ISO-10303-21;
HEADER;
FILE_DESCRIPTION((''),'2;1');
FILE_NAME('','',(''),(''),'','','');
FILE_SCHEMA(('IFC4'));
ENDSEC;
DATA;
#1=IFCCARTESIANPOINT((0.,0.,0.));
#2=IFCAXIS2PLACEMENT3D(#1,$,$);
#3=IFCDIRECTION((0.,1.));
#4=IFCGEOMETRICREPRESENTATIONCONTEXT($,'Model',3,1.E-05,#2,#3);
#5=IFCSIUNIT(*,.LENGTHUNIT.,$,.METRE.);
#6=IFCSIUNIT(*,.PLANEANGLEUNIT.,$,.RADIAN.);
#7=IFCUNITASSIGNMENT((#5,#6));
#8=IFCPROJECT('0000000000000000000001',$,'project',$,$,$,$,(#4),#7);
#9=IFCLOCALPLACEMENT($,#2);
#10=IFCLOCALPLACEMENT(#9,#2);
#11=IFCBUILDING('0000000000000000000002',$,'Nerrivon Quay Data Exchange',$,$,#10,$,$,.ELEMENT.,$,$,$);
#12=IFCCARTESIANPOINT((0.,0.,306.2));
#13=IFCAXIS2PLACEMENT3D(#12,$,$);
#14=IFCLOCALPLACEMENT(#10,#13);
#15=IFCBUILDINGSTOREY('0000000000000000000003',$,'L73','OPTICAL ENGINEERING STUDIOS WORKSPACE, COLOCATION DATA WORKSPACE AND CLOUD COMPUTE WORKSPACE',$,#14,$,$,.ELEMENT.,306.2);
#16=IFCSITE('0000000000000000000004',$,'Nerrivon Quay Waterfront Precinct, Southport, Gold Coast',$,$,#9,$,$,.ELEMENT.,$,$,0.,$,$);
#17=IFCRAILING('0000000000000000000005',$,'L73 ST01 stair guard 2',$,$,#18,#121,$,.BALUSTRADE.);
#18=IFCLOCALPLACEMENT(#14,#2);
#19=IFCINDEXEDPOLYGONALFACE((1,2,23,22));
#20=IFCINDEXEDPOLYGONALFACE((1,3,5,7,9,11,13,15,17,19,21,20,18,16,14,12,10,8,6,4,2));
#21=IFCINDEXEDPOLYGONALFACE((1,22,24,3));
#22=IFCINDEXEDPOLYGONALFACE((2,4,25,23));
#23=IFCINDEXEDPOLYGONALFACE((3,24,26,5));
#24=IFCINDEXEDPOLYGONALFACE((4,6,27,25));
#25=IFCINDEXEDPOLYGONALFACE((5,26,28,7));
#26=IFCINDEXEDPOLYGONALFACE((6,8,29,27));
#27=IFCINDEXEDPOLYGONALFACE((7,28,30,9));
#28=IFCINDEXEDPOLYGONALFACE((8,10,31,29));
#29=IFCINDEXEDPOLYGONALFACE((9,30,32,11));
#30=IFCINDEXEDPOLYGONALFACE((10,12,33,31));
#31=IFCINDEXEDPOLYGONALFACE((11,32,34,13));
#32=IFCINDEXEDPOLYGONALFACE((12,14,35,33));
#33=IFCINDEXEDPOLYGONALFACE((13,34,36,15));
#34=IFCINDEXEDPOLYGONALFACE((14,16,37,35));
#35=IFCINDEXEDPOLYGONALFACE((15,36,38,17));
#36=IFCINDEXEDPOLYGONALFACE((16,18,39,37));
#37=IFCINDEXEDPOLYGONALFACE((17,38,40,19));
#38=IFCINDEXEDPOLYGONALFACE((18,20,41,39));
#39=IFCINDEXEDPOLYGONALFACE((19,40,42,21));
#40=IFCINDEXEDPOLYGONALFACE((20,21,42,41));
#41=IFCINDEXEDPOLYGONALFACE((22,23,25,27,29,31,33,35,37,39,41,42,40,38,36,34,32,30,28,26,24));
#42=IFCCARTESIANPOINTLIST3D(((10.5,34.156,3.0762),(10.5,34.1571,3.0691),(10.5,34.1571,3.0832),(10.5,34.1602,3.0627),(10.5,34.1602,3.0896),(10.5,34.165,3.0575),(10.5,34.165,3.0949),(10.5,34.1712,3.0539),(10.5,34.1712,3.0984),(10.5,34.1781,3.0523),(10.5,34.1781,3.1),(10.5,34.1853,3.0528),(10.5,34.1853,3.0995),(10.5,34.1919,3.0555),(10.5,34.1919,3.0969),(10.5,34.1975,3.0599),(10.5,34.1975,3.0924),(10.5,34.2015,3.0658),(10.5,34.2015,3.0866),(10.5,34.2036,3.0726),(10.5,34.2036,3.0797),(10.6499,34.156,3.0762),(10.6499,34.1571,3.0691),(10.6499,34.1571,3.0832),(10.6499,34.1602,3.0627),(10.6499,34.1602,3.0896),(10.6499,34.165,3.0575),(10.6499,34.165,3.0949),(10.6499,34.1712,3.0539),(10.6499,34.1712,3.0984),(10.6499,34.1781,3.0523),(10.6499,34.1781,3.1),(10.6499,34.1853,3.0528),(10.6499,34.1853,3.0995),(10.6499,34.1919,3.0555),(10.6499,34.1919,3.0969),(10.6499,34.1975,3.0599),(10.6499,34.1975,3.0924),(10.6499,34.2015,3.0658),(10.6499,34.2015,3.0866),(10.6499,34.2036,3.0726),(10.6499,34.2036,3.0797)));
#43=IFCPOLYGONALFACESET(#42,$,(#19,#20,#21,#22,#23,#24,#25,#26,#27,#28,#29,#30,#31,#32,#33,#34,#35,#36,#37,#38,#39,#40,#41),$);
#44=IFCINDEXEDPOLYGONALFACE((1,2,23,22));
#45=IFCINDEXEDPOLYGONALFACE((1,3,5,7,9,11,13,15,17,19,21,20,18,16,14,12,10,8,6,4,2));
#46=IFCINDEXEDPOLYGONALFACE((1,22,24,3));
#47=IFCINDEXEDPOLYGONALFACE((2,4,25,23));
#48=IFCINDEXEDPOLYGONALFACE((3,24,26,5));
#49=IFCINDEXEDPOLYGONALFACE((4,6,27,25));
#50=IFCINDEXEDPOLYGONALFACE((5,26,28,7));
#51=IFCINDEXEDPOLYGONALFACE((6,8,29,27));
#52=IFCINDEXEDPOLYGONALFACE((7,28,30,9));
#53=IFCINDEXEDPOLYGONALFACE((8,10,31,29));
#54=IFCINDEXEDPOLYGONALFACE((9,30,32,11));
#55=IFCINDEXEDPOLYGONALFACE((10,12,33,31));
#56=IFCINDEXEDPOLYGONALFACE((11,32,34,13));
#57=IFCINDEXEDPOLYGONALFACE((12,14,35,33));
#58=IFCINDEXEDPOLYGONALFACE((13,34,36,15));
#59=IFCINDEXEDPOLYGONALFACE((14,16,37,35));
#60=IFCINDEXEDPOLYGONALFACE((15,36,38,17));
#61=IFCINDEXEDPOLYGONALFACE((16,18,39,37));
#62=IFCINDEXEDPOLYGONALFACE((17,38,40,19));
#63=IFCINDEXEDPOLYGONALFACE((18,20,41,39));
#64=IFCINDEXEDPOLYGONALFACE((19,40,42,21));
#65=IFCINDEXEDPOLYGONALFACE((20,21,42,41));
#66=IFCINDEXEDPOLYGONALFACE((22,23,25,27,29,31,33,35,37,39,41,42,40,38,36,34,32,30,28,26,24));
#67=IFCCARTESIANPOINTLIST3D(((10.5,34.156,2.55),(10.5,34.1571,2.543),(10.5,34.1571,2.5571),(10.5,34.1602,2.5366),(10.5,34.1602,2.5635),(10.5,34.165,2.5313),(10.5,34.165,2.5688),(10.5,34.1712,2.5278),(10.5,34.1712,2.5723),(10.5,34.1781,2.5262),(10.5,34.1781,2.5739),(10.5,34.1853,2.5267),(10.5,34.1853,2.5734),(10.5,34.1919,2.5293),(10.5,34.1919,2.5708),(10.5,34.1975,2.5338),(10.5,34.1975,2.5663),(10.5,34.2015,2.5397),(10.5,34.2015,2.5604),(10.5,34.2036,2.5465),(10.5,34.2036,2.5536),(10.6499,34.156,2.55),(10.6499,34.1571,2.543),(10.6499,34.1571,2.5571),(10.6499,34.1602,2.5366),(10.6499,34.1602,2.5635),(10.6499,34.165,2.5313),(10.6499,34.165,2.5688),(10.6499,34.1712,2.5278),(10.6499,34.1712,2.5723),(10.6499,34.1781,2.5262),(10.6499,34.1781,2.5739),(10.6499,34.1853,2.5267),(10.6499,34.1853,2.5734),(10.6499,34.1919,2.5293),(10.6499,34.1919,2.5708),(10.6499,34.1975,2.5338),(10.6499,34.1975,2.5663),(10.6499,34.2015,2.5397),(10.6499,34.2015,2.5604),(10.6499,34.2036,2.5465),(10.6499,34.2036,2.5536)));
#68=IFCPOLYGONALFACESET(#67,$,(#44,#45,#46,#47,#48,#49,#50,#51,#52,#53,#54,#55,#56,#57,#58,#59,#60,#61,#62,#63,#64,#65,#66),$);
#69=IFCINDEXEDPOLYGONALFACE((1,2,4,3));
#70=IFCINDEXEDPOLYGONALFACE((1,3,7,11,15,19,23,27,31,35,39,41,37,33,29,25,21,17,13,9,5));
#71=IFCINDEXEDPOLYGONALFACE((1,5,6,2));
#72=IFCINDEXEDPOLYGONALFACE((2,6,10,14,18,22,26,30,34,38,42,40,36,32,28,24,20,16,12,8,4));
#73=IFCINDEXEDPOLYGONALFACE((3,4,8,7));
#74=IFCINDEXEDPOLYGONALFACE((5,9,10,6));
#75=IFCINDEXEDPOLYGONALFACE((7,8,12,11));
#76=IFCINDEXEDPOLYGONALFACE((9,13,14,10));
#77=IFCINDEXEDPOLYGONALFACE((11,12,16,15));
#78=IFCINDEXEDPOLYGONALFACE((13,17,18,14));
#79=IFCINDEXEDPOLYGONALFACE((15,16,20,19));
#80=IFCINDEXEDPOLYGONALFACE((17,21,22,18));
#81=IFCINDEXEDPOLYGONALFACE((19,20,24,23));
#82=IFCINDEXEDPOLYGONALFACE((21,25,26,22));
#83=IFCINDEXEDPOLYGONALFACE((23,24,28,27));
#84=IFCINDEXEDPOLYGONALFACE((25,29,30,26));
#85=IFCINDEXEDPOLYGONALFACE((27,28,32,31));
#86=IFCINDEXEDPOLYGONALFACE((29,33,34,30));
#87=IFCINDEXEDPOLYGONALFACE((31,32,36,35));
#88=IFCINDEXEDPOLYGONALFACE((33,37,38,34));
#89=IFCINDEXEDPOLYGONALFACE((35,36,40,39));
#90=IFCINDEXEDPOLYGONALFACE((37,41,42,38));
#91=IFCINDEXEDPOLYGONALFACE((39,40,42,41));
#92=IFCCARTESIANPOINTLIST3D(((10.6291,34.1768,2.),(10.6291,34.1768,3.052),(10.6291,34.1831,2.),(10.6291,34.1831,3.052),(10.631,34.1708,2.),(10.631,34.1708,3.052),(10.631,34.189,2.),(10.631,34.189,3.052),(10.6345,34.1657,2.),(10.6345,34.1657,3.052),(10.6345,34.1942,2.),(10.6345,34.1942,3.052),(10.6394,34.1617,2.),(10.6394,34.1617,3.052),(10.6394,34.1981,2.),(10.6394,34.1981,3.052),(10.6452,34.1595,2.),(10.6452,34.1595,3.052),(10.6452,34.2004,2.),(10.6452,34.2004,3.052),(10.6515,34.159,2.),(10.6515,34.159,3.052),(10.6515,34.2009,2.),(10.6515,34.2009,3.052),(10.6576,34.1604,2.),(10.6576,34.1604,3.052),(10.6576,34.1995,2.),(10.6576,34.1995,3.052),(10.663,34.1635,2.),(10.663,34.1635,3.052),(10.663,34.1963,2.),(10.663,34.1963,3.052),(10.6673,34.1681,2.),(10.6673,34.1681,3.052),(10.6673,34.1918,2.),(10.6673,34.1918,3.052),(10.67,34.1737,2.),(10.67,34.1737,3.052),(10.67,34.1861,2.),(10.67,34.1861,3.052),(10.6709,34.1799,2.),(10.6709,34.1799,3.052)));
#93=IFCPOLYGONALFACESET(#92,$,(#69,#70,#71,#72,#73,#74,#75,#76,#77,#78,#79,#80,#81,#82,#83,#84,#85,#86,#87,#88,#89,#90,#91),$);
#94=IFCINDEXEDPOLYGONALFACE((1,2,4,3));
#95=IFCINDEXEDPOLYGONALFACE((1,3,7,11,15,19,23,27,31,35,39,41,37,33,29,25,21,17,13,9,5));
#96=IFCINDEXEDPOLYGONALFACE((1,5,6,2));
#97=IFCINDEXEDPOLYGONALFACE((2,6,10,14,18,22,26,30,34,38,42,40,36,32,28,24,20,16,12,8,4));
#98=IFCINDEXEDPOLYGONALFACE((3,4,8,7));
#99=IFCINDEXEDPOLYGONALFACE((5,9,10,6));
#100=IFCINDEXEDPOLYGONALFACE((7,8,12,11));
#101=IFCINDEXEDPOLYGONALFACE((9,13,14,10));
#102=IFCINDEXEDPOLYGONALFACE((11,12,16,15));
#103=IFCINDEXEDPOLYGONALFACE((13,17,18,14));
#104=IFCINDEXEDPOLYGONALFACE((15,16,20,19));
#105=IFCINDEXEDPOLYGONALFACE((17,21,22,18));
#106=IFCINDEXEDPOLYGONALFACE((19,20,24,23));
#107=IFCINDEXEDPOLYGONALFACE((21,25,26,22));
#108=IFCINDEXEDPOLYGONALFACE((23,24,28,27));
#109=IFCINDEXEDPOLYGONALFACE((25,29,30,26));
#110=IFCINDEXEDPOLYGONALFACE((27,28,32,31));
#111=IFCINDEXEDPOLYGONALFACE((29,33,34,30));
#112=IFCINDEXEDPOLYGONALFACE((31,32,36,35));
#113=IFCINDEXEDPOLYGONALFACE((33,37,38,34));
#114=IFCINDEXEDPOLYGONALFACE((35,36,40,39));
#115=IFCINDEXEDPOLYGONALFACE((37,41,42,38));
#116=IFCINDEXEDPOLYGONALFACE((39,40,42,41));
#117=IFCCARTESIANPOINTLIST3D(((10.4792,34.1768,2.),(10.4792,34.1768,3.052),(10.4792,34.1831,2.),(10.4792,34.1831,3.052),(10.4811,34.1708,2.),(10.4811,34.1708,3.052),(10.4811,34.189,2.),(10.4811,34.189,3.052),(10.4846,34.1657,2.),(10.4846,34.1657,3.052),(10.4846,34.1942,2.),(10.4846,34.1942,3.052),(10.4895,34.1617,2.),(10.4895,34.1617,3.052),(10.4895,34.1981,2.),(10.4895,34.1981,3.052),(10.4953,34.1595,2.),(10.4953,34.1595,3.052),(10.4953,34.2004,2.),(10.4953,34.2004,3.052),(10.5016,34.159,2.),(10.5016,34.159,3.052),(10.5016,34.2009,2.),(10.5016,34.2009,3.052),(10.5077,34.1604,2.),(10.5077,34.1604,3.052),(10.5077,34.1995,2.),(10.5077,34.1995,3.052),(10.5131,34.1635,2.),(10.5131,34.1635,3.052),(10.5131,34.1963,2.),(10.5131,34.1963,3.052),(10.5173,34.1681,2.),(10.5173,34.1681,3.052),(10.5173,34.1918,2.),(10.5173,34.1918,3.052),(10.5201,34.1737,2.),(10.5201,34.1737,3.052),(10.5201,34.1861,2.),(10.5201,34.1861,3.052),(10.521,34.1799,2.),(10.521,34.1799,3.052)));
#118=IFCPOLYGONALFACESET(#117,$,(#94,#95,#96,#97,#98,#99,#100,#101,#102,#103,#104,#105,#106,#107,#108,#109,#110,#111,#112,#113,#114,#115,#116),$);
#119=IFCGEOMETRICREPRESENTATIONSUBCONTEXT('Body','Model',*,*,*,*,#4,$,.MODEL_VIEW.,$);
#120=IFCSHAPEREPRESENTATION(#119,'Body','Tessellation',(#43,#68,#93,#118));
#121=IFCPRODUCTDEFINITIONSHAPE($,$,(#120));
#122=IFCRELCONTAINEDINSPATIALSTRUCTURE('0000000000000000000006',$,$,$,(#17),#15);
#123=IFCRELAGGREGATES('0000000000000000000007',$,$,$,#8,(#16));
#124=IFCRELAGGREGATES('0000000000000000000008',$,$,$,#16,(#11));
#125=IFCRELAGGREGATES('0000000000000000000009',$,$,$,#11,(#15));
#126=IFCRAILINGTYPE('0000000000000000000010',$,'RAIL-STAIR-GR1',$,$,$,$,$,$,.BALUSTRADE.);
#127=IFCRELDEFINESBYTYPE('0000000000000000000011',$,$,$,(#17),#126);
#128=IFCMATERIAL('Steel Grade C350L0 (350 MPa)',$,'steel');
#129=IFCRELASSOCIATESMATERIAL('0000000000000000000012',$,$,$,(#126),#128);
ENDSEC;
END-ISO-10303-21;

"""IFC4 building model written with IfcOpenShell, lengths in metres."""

from ifc_helpers import new_model, si_unit, direction, frame, origin, origin_2d, place, context, subcontext, project, spatial, circle, extrude, material, type_object, element, save


model = new_model("IFC4")

# Units and contexts
model_context = context("Model", 3, precision=1e-05, world=origin(), true_north=direction((0.0, 1.0)))
body_context = subcontext(model_context, "Body", "Model", "MODEL_VIEW")
ifc_project = project(units=[si_unit("LENGTHUNIT", "METRE"), si_unit("PLANEANGLEUNIT", "RADIAN")], contexts=[model_context])

# Site, building, storey
site_placement = place(None, origin())
site = spatial("IfcSite", under=ifc_project, at=site_placement, Name="Nerrivon Quay Waterfront Precinct, Southport, Gold Coast", CompositionType="ELEMENT", RefElevation=0.0)
building_placement = place(site_placement, origin())
building = spatial("IfcBuilding", under=site, at=building_placement, Name="Nerrivon Quay Data Exchange", CompositionType="ELEMENT")
storey_placement = place(building_placement, frame((0.0, 0.0, 306.2)))
storey = spatial("IfcBuildingStorey", under=building, at=storey_placement, Name="L73", Description="OPTICAL ENGINEERING STUDIOS WORKSPACE, COLOCATION DATA WORKSPACE AND CLOUD COMPUTE WORKSPACE", CompositionType="ELEMENT", Elevation=306.2)

# Shared definitions
ifc_material_1 = material(Name="Steel Grade C350L0 (350 MPa)", Category="steel")

# Railing
railing_type_1 = type_object("IfcRailingType", Name="RAIL-STAIR-GR1", PredefinedType="BALUSTRADE", material=ifc_material_1)
railing_1_placement = place(storey_placement, frame((10.6499, 34.1799, 2.0)))
element("IfcRailing", 1, at=railing_1_placement, inside=storey, type_object=railing_type_1, Name="L73 ST01 stair guard 2", PredefinedType="BALUSTRADE", context=body_context, shape_type="SweptSolid", body=[
    extrude(circle(Radius=0.0239, at=origin_2d()), frame((0.0, 0.0, 1.0762), z_axis=(-1.0, 0.0, 0.0), x_axis=(0.0, -1.0, 0.0)), (0.0, 0.0, 1.0), 0.1499),
    extrude(circle(Radius=0.0239, at=origin_2d()), frame((0.0, 0.0, 0.55), z_axis=(-1.0, 0.0, 0.0), x_axis=(0.0, -1.0, 0.0)), (0.0, 0.0, 1.0), 0.1499),
    extrude(circle(Radius=0.021, at=origin_2d()), origin(), (0.0, 0.0, 1.0), 1.052),
    extrude(circle(Radius=0.021, at=origin_2d()), frame((-0.1499, 0.0, 0.0)), (0.0, 0.0, 1.0), 1.052),
])

save(model, "model.ifc")
